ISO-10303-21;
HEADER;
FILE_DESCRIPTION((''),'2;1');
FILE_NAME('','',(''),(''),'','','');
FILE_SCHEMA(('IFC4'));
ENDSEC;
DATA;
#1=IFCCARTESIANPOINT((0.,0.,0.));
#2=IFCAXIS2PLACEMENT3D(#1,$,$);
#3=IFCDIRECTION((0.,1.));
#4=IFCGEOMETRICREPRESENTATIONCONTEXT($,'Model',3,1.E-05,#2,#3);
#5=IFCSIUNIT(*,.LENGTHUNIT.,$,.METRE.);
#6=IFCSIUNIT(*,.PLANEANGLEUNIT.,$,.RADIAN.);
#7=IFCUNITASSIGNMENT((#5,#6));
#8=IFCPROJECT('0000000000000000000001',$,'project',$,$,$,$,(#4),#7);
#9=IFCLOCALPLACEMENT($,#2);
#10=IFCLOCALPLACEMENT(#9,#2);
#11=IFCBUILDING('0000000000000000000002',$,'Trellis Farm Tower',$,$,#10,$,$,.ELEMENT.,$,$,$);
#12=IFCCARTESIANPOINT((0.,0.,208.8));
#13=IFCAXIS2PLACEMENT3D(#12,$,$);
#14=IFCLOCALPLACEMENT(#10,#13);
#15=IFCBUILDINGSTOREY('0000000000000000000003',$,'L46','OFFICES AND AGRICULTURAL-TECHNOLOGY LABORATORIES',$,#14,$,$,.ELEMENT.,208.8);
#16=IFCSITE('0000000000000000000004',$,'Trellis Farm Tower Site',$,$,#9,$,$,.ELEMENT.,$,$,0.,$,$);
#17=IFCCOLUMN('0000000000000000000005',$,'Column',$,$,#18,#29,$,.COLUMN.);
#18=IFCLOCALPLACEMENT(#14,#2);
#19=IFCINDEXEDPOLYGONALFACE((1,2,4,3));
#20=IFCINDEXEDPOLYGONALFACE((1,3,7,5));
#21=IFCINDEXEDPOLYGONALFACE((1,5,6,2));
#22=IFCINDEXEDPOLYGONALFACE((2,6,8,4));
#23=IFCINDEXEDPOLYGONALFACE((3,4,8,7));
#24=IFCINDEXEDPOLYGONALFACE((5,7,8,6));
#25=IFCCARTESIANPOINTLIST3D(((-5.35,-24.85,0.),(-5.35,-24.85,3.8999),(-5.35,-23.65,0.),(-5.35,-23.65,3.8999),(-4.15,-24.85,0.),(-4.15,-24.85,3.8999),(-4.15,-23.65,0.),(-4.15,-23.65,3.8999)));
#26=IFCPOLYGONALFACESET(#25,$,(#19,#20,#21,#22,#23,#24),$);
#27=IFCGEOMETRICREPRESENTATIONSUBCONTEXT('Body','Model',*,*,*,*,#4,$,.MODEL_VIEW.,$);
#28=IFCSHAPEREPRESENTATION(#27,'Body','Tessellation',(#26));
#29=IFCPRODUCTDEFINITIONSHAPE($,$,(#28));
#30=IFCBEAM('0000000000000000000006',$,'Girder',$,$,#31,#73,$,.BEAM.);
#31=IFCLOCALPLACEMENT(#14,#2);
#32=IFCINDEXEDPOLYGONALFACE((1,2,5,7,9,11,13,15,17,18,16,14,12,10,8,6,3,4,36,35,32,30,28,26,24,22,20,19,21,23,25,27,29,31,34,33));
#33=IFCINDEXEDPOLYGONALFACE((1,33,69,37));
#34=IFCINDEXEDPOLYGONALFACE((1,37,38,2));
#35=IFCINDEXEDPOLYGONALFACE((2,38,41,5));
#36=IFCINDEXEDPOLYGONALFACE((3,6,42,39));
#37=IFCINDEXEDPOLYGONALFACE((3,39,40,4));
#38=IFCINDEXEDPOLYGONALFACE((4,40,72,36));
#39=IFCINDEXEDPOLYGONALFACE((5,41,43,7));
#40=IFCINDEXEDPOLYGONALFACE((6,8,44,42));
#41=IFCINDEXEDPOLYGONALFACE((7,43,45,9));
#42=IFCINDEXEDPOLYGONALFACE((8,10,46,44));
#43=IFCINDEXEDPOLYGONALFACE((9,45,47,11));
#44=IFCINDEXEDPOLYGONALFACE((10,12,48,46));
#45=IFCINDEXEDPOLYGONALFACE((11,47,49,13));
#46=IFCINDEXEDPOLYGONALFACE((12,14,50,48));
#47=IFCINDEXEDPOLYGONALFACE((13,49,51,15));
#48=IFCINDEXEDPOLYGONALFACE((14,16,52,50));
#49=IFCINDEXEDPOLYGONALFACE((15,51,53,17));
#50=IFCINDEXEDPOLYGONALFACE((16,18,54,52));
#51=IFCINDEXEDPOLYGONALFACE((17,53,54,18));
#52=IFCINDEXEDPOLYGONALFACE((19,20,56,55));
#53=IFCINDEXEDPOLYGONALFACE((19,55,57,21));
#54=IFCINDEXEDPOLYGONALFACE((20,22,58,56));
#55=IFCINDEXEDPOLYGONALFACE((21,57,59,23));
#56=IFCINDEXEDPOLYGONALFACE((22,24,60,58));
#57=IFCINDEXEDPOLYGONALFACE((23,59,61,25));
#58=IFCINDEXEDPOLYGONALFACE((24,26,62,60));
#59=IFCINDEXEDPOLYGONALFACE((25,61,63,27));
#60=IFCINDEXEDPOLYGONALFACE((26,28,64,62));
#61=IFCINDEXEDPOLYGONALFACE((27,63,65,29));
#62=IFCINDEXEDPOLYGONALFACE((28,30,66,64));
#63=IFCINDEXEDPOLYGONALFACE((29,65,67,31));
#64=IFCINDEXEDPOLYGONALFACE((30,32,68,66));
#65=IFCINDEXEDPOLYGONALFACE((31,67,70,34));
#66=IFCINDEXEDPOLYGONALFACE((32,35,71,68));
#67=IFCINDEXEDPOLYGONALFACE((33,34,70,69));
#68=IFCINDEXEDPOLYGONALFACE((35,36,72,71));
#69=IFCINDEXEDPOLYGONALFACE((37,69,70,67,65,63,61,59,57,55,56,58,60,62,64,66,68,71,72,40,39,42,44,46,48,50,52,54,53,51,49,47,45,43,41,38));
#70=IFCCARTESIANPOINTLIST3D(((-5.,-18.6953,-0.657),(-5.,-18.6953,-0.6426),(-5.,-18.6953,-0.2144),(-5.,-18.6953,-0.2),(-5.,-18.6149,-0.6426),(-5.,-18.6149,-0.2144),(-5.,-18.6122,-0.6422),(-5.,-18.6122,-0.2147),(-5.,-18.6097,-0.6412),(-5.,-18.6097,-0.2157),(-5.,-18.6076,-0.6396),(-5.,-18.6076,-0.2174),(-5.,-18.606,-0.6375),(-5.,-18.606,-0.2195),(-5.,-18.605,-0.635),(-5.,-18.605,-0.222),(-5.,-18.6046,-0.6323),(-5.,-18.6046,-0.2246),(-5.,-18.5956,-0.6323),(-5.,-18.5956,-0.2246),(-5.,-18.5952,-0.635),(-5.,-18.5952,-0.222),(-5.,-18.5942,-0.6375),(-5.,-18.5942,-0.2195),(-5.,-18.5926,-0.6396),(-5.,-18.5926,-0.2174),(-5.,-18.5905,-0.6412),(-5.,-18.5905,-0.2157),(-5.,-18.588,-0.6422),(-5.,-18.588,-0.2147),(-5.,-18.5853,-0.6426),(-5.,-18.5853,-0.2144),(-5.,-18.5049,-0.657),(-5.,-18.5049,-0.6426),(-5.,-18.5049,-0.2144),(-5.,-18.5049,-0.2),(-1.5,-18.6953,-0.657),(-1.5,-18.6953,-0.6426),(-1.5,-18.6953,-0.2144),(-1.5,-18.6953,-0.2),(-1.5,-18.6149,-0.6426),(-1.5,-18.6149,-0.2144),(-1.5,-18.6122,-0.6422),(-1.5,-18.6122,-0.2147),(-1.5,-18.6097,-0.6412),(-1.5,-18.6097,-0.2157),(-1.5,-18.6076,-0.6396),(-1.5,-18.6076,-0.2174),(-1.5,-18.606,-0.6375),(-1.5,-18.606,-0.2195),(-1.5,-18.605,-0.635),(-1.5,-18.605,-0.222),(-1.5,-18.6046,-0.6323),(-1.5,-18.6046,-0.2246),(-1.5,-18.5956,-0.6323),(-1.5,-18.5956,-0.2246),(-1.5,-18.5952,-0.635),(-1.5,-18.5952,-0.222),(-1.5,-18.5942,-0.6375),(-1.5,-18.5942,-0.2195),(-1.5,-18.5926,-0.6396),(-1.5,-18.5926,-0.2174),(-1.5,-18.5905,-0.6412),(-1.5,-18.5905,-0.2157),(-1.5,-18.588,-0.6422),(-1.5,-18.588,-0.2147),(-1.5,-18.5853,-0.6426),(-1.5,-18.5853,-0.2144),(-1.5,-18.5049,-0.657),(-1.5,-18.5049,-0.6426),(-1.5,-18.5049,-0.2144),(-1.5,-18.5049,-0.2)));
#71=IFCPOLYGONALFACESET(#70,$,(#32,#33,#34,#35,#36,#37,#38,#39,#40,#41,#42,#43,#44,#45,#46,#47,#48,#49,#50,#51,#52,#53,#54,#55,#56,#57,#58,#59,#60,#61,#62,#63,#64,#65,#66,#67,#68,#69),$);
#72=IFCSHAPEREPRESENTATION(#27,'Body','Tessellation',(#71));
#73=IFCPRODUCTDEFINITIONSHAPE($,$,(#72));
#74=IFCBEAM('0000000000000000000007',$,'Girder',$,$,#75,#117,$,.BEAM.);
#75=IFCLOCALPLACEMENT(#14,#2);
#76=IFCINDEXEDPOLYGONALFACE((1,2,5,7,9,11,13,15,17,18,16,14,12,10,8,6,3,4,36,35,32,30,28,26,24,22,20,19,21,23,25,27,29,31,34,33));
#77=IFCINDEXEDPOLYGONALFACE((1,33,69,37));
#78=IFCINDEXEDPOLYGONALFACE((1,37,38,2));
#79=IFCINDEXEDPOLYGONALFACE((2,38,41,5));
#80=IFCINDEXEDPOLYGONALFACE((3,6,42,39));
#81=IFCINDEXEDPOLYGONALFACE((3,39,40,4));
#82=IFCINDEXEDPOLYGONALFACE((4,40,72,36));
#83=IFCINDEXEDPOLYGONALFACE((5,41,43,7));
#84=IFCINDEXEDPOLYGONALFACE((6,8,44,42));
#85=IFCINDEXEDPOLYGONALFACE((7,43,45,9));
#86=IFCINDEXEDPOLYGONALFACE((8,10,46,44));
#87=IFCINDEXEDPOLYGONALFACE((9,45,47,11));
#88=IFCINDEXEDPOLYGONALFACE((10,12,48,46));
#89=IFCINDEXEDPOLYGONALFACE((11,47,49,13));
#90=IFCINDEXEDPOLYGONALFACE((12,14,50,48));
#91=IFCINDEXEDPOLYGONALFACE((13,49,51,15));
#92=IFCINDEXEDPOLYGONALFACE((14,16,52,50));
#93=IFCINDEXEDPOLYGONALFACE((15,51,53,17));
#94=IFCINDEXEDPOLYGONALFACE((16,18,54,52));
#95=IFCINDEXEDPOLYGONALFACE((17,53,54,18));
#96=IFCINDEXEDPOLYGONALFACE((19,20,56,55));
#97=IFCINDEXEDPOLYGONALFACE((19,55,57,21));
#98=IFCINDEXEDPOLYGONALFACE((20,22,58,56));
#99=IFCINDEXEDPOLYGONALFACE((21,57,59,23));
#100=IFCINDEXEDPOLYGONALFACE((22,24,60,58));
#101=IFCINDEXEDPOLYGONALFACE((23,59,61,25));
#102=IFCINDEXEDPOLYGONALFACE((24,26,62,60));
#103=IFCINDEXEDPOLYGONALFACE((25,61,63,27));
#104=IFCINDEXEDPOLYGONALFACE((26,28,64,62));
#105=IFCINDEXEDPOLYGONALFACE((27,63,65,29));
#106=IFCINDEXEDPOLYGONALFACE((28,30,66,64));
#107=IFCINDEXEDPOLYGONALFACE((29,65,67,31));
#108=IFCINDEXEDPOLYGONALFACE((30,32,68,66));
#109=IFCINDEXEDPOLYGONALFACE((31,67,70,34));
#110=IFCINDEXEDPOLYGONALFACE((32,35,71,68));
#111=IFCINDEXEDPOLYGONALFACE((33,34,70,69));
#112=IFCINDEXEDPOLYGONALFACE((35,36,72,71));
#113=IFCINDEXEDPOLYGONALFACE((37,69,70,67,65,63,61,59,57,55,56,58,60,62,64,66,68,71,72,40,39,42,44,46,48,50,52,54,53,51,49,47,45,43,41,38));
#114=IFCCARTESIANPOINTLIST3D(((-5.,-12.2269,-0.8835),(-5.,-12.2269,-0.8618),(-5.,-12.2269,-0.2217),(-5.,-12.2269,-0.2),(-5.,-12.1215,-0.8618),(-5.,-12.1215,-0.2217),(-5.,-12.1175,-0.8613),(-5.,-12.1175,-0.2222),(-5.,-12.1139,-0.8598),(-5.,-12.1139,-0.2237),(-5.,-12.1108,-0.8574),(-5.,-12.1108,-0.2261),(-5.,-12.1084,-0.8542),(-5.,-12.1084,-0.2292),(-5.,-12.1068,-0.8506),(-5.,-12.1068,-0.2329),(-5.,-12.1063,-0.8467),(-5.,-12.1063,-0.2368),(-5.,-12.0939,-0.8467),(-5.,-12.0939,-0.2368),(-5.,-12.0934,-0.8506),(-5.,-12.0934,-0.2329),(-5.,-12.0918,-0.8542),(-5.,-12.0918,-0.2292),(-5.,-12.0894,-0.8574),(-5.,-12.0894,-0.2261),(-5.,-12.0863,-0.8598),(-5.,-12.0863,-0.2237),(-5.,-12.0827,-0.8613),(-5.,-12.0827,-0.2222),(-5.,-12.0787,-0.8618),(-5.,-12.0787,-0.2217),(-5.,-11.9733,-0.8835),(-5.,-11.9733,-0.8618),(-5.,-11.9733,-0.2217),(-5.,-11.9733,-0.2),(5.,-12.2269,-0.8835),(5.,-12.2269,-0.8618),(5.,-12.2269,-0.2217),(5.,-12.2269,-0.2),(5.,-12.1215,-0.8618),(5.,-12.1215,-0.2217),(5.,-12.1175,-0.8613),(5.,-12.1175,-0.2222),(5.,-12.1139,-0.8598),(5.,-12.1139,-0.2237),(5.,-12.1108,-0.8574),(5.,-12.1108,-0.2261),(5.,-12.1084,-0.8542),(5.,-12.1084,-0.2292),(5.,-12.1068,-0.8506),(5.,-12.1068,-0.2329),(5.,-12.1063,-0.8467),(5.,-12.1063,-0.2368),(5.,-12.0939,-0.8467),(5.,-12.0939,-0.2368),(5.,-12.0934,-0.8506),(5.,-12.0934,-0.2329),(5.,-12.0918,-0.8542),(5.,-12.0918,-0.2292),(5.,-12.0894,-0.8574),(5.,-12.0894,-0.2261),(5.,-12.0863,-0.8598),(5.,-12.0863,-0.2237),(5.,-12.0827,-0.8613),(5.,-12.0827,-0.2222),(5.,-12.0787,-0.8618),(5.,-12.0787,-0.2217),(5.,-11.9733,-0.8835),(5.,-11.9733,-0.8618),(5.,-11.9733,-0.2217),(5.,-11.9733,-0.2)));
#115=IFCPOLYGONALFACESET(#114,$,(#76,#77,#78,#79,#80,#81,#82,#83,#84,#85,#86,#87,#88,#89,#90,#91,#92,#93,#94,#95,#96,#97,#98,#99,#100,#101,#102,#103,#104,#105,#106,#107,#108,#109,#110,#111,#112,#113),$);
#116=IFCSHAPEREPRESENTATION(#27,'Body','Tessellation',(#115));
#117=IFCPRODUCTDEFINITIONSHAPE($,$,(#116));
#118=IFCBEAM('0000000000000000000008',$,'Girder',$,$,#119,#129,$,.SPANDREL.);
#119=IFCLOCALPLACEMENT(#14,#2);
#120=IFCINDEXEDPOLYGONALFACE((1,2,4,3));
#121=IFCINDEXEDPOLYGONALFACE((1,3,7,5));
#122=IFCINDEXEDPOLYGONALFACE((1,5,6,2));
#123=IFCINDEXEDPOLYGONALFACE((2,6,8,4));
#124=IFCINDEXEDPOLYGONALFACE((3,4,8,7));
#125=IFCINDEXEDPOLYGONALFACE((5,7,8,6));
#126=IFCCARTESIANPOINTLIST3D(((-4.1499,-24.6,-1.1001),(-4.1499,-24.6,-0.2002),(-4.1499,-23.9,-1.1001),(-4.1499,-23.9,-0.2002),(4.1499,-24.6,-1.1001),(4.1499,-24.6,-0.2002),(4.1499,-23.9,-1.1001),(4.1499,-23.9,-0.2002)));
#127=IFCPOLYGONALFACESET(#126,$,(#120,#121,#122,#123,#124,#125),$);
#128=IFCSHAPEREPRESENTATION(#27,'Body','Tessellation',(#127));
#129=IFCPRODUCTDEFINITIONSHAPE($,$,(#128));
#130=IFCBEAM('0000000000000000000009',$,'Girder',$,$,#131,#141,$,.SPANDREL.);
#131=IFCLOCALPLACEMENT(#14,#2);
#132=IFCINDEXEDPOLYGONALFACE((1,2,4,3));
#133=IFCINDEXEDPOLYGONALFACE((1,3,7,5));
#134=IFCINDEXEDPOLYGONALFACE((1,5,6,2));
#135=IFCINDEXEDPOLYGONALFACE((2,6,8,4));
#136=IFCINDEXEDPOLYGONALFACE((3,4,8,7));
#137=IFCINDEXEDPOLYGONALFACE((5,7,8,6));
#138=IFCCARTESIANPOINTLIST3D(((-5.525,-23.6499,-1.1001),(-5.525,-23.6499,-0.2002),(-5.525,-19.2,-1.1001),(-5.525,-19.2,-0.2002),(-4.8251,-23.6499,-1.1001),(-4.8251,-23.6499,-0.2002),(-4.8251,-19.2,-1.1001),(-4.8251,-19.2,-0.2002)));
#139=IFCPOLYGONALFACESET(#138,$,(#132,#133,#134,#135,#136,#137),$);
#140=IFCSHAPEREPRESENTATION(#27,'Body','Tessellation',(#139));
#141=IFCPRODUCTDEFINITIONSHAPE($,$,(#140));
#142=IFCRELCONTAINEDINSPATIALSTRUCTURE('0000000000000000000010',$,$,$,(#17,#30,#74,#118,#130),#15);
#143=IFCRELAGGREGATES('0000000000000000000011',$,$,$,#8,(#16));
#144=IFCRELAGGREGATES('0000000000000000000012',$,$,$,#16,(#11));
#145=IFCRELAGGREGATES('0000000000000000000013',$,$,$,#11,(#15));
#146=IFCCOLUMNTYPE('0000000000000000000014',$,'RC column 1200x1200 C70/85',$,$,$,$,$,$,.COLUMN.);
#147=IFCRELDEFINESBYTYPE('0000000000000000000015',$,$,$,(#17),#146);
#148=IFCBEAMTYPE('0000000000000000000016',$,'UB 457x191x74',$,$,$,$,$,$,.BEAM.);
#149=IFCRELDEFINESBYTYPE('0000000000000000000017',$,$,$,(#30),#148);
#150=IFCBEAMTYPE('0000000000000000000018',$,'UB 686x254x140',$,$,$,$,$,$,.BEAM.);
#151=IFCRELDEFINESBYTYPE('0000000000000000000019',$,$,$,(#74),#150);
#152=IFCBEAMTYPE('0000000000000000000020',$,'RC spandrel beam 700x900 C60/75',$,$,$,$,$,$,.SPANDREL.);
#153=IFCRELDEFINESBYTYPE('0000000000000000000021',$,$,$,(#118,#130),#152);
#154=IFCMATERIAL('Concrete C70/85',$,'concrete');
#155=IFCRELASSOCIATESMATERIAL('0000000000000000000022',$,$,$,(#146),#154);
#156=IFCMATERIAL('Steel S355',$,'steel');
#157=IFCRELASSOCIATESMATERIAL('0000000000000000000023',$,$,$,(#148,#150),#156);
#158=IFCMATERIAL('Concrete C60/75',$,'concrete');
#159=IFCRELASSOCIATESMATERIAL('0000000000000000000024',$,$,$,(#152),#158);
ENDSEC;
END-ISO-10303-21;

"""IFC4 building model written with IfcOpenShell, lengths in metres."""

from ifc_helpers import new_model, si_unit, direction, frame, origin, origin_2d, place, context, subcontext, project, spatial, rectangle, i_section, extrude, source, transform, mapped, material, material_profile, profile_set, type_object, element, save


model = new_model("IFC4")

# Units and contexts
model_context = context("Model", 3, precision=1e-05, world=origin(), true_north=direction((0.0, 1.0)))
body_context = subcontext(model_context, "Body", "Model", "MODEL_VIEW")
ifc_project = project(units=[si_unit("LENGTHUNIT", "METRE"), si_unit("PLANEANGLEUNIT", "RADIAN")], contexts=[model_context])

# Site, building, storey
site_placement = place(None, origin())
site = spatial("IfcSite", under=ifc_project, at=site_placement, Name="Trellis Farm Tower Site", CompositionType="ELEMENT", RefElevation=0.0)
building_placement = place(site_placement, origin())
building = spatial("IfcBuilding", under=site, at=building_placement, Name="Trellis Farm Tower", CompositionType="ELEMENT")
storey_placement = place(building_placement, frame((0.0, 0.0, 208.8)))
storey = spatial("IfcBuildingStorey", under=building, at=storey_placement, Name="L46", Description="OFFICES AND AGRICULTURAL-TECHNOLOGY LABORATORIES", CompositionType="ELEMENT", Elevation=208.8)

# Column
ifc_material_1 = material(Name="Concrete C70/85", Category="concrete")
ifc_material_profile_1 = material_profile(ifc_material_1, rectangle(XDim=1.2, YDim=1.2, at=origin_2d()), Name="RC column 1200x1200 C70/85")
ifc_profile_set_1 = profile_set([ifc_material_profile_1], Name="Concrete C70/85")
column_type = type_object("IfcColumnType", Name="RC column 1200x1200 C70/85", PredefinedType="COLUMN", material=ifc_profile_set_1)
shared_shape_1 = source(origin(), body_context, "Body", "SweptSolid", [
    extrude(rectangle(XDim=1.2, YDim=1.2, at=origin_2d()), origin(), (0.0, 0.0, 1.0), 3.8999),
])
column_placement = place(storey_placement, frame((-4.75, -24.25, 0.0), z_axis=(0.0, 0.0, 1.0), x_axis=(1.0, 0.0, 0.0)))
element("IfcColumn", 1, at=column_placement, inside=storey, type_object=column_type, Name="Column", PredefinedType="COLUMN", context=body_context, shape_type="MappedRepresentation", body=[
    mapped(shared_shape_1, transform((0.0, 0.0, 0.0))),
])

# Beams
ifc_material_2 = material(Name="Steel S355", Category="steel")
ifc_material_profile_2 = material_profile(ifc_material_2, i_section(OverallWidth=0.1904, OverallDepth=0.457, WebThickness=0.009, FlangeThickness=0.0144, FilletRadius=0.0103, at=origin_2d()), Name="UB 457x191x74")
ifc_profile_set_2 = profile_set([ifc_material_profile_2], Name="Steel S355")
beam_type_1 = type_object("IfcBeamType", Name="UB 457x191x74", PredefinedType="BEAM", material=ifc_profile_set_2)
shared_shape_2 = source(origin(), body_context, "Body", "SweptSolid", [
    extrude(i_section(OverallWidth=0.1904, OverallDepth=0.457, WebThickness=0.009, FlangeThickness=0.0144, FilletRadius=0.0103, at=origin_2d()), origin(), (0.0, 0.0, 1.0), 3.5),
])
beam_1_placement = place(storey_placement, frame((-5.0, -18.6001, -0.4285), z_axis=(1.0, 0.0, 0.0), x_axis=(0.0, 1.0, 0.0)))
element("IfcBeam", 2, at=beam_1_placement, inside=storey, type_object=beam_type_1, Name="Girder", PredefinedType="BEAM", context=body_context, shape_type="MappedRepresentation", body=[
    mapped(shared_shape_2, transform((0.0, 0.0, 0.0))),
])
ifc_material_profile_3 = material_profile(ifc_material_2, i_section(OverallWidth=0.2537, OverallDepth=0.6836, WebThickness=0.0125, FlangeThickness=0.0217, FilletRadius=0.0151, at=origin_2d()), Name="UB 686x254x140")
ifc_profile_set_3 = profile_set([ifc_material_profile_3], Name="Steel S355")
beam_type_2 = type_object("IfcBeamType", Name="UB 686x254x140", PredefinedType="BEAM", material=ifc_profile_set_3)
shared_shape_3 = source(origin(), body_context, "Body", "SweptSolid", [
    extrude(i_section(OverallWidth=0.2537, OverallDepth=0.6836, WebThickness=0.0125, FlangeThickness=0.0217, FilletRadius=0.0151, at=origin_2d()), origin(), (0.0, 0.0, 1.0), 10.0),
])
beam_2_placement = place(storey_placement, frame((-5.0, -12.1001, -0.5417), z_axis=(1.0, 0.0, 0.0), x_axis=(0.0, 1.0, 0.0)))
element("IfcBeam", 3, at=beam_2_placement, inside=storey, type_object=beam_type_2, Name="Girder", PredefinedType="BEAM", context=body_context, shape_type="MappedRepresentation", body=[
    mapped(shared_shape_3, transform((0.0, 0.0, 0.0))),
])
ifc_material_3 = material(Name="Concrete C60/75", Category="concrete")
ifc_material_profile_4 = material_profile(ifc_material_3, rectangle(XDim=0.7, YDim=0.8999, at=origin_2d()), Name="RC spandrel beam 700x900 C60/75")
ifc_profile_set_4 = profile_set([ifc_material_profile_4], Name="Concrete C60/75")
beam_type_3 = type_object("IfcBeamType", Name="RC spandrel beam 700x900 C60/75", PredefinedType="SPANDREL", material=ifc_profile_set_4)
shared_shape_4 = source(origin(), body_context, "Body", "SweptSolid", [
    extrude(rectangle(XDim=0.7, YDim=0.8999, at=origin_2d()), origin(), (0.0, 0.0, 1.0), 8.2998),
])
beam_3_placement = place(storey_placement, frame((-4.1499, -24.25, -0.6501), z_axis=(1.0, 0.0, 0.0), x_axis=(0.0, 1.0, 0.0)))
element("IfcBeam", 4, at=beam_3_placement, inside=storey, type_object=beam_type_3, Name="Girder", PredefinedType="SPANDREL", context=body_context, shape_type="MappedRepresentation", body=[
    mapped(shared_shape_4, transform((0.0, 0.0, 0.0))),
])
shared_shape_5 = source(origin(), body_context, "Body", "SweptSolid", [
    extrude(rectangle(XDim=0.7, YDim=0.8999, at=origin_2d()), origin(), (0.0, 0.0, 1.0), 4.45),
])
beam_4_placement = place(storey_placement, frame((-5.175, -23.6499, -0.6501), z_axis=(0.0, 1.0, 0.0), x_axis=(-1.0, 0.0, 0.0)))
element("IfcBeam", 5, at=beam_4_placement, inside=storey, type_object=beam_type_3, Name="Girder", PredefinedType="SPANDREL", context=body_context, shape_type="MappedRepresentation", body=[
    mapped(shared_shape_5, transform((0.0, 0.0, 0.0))),
])

save(model, "model.ifc")
